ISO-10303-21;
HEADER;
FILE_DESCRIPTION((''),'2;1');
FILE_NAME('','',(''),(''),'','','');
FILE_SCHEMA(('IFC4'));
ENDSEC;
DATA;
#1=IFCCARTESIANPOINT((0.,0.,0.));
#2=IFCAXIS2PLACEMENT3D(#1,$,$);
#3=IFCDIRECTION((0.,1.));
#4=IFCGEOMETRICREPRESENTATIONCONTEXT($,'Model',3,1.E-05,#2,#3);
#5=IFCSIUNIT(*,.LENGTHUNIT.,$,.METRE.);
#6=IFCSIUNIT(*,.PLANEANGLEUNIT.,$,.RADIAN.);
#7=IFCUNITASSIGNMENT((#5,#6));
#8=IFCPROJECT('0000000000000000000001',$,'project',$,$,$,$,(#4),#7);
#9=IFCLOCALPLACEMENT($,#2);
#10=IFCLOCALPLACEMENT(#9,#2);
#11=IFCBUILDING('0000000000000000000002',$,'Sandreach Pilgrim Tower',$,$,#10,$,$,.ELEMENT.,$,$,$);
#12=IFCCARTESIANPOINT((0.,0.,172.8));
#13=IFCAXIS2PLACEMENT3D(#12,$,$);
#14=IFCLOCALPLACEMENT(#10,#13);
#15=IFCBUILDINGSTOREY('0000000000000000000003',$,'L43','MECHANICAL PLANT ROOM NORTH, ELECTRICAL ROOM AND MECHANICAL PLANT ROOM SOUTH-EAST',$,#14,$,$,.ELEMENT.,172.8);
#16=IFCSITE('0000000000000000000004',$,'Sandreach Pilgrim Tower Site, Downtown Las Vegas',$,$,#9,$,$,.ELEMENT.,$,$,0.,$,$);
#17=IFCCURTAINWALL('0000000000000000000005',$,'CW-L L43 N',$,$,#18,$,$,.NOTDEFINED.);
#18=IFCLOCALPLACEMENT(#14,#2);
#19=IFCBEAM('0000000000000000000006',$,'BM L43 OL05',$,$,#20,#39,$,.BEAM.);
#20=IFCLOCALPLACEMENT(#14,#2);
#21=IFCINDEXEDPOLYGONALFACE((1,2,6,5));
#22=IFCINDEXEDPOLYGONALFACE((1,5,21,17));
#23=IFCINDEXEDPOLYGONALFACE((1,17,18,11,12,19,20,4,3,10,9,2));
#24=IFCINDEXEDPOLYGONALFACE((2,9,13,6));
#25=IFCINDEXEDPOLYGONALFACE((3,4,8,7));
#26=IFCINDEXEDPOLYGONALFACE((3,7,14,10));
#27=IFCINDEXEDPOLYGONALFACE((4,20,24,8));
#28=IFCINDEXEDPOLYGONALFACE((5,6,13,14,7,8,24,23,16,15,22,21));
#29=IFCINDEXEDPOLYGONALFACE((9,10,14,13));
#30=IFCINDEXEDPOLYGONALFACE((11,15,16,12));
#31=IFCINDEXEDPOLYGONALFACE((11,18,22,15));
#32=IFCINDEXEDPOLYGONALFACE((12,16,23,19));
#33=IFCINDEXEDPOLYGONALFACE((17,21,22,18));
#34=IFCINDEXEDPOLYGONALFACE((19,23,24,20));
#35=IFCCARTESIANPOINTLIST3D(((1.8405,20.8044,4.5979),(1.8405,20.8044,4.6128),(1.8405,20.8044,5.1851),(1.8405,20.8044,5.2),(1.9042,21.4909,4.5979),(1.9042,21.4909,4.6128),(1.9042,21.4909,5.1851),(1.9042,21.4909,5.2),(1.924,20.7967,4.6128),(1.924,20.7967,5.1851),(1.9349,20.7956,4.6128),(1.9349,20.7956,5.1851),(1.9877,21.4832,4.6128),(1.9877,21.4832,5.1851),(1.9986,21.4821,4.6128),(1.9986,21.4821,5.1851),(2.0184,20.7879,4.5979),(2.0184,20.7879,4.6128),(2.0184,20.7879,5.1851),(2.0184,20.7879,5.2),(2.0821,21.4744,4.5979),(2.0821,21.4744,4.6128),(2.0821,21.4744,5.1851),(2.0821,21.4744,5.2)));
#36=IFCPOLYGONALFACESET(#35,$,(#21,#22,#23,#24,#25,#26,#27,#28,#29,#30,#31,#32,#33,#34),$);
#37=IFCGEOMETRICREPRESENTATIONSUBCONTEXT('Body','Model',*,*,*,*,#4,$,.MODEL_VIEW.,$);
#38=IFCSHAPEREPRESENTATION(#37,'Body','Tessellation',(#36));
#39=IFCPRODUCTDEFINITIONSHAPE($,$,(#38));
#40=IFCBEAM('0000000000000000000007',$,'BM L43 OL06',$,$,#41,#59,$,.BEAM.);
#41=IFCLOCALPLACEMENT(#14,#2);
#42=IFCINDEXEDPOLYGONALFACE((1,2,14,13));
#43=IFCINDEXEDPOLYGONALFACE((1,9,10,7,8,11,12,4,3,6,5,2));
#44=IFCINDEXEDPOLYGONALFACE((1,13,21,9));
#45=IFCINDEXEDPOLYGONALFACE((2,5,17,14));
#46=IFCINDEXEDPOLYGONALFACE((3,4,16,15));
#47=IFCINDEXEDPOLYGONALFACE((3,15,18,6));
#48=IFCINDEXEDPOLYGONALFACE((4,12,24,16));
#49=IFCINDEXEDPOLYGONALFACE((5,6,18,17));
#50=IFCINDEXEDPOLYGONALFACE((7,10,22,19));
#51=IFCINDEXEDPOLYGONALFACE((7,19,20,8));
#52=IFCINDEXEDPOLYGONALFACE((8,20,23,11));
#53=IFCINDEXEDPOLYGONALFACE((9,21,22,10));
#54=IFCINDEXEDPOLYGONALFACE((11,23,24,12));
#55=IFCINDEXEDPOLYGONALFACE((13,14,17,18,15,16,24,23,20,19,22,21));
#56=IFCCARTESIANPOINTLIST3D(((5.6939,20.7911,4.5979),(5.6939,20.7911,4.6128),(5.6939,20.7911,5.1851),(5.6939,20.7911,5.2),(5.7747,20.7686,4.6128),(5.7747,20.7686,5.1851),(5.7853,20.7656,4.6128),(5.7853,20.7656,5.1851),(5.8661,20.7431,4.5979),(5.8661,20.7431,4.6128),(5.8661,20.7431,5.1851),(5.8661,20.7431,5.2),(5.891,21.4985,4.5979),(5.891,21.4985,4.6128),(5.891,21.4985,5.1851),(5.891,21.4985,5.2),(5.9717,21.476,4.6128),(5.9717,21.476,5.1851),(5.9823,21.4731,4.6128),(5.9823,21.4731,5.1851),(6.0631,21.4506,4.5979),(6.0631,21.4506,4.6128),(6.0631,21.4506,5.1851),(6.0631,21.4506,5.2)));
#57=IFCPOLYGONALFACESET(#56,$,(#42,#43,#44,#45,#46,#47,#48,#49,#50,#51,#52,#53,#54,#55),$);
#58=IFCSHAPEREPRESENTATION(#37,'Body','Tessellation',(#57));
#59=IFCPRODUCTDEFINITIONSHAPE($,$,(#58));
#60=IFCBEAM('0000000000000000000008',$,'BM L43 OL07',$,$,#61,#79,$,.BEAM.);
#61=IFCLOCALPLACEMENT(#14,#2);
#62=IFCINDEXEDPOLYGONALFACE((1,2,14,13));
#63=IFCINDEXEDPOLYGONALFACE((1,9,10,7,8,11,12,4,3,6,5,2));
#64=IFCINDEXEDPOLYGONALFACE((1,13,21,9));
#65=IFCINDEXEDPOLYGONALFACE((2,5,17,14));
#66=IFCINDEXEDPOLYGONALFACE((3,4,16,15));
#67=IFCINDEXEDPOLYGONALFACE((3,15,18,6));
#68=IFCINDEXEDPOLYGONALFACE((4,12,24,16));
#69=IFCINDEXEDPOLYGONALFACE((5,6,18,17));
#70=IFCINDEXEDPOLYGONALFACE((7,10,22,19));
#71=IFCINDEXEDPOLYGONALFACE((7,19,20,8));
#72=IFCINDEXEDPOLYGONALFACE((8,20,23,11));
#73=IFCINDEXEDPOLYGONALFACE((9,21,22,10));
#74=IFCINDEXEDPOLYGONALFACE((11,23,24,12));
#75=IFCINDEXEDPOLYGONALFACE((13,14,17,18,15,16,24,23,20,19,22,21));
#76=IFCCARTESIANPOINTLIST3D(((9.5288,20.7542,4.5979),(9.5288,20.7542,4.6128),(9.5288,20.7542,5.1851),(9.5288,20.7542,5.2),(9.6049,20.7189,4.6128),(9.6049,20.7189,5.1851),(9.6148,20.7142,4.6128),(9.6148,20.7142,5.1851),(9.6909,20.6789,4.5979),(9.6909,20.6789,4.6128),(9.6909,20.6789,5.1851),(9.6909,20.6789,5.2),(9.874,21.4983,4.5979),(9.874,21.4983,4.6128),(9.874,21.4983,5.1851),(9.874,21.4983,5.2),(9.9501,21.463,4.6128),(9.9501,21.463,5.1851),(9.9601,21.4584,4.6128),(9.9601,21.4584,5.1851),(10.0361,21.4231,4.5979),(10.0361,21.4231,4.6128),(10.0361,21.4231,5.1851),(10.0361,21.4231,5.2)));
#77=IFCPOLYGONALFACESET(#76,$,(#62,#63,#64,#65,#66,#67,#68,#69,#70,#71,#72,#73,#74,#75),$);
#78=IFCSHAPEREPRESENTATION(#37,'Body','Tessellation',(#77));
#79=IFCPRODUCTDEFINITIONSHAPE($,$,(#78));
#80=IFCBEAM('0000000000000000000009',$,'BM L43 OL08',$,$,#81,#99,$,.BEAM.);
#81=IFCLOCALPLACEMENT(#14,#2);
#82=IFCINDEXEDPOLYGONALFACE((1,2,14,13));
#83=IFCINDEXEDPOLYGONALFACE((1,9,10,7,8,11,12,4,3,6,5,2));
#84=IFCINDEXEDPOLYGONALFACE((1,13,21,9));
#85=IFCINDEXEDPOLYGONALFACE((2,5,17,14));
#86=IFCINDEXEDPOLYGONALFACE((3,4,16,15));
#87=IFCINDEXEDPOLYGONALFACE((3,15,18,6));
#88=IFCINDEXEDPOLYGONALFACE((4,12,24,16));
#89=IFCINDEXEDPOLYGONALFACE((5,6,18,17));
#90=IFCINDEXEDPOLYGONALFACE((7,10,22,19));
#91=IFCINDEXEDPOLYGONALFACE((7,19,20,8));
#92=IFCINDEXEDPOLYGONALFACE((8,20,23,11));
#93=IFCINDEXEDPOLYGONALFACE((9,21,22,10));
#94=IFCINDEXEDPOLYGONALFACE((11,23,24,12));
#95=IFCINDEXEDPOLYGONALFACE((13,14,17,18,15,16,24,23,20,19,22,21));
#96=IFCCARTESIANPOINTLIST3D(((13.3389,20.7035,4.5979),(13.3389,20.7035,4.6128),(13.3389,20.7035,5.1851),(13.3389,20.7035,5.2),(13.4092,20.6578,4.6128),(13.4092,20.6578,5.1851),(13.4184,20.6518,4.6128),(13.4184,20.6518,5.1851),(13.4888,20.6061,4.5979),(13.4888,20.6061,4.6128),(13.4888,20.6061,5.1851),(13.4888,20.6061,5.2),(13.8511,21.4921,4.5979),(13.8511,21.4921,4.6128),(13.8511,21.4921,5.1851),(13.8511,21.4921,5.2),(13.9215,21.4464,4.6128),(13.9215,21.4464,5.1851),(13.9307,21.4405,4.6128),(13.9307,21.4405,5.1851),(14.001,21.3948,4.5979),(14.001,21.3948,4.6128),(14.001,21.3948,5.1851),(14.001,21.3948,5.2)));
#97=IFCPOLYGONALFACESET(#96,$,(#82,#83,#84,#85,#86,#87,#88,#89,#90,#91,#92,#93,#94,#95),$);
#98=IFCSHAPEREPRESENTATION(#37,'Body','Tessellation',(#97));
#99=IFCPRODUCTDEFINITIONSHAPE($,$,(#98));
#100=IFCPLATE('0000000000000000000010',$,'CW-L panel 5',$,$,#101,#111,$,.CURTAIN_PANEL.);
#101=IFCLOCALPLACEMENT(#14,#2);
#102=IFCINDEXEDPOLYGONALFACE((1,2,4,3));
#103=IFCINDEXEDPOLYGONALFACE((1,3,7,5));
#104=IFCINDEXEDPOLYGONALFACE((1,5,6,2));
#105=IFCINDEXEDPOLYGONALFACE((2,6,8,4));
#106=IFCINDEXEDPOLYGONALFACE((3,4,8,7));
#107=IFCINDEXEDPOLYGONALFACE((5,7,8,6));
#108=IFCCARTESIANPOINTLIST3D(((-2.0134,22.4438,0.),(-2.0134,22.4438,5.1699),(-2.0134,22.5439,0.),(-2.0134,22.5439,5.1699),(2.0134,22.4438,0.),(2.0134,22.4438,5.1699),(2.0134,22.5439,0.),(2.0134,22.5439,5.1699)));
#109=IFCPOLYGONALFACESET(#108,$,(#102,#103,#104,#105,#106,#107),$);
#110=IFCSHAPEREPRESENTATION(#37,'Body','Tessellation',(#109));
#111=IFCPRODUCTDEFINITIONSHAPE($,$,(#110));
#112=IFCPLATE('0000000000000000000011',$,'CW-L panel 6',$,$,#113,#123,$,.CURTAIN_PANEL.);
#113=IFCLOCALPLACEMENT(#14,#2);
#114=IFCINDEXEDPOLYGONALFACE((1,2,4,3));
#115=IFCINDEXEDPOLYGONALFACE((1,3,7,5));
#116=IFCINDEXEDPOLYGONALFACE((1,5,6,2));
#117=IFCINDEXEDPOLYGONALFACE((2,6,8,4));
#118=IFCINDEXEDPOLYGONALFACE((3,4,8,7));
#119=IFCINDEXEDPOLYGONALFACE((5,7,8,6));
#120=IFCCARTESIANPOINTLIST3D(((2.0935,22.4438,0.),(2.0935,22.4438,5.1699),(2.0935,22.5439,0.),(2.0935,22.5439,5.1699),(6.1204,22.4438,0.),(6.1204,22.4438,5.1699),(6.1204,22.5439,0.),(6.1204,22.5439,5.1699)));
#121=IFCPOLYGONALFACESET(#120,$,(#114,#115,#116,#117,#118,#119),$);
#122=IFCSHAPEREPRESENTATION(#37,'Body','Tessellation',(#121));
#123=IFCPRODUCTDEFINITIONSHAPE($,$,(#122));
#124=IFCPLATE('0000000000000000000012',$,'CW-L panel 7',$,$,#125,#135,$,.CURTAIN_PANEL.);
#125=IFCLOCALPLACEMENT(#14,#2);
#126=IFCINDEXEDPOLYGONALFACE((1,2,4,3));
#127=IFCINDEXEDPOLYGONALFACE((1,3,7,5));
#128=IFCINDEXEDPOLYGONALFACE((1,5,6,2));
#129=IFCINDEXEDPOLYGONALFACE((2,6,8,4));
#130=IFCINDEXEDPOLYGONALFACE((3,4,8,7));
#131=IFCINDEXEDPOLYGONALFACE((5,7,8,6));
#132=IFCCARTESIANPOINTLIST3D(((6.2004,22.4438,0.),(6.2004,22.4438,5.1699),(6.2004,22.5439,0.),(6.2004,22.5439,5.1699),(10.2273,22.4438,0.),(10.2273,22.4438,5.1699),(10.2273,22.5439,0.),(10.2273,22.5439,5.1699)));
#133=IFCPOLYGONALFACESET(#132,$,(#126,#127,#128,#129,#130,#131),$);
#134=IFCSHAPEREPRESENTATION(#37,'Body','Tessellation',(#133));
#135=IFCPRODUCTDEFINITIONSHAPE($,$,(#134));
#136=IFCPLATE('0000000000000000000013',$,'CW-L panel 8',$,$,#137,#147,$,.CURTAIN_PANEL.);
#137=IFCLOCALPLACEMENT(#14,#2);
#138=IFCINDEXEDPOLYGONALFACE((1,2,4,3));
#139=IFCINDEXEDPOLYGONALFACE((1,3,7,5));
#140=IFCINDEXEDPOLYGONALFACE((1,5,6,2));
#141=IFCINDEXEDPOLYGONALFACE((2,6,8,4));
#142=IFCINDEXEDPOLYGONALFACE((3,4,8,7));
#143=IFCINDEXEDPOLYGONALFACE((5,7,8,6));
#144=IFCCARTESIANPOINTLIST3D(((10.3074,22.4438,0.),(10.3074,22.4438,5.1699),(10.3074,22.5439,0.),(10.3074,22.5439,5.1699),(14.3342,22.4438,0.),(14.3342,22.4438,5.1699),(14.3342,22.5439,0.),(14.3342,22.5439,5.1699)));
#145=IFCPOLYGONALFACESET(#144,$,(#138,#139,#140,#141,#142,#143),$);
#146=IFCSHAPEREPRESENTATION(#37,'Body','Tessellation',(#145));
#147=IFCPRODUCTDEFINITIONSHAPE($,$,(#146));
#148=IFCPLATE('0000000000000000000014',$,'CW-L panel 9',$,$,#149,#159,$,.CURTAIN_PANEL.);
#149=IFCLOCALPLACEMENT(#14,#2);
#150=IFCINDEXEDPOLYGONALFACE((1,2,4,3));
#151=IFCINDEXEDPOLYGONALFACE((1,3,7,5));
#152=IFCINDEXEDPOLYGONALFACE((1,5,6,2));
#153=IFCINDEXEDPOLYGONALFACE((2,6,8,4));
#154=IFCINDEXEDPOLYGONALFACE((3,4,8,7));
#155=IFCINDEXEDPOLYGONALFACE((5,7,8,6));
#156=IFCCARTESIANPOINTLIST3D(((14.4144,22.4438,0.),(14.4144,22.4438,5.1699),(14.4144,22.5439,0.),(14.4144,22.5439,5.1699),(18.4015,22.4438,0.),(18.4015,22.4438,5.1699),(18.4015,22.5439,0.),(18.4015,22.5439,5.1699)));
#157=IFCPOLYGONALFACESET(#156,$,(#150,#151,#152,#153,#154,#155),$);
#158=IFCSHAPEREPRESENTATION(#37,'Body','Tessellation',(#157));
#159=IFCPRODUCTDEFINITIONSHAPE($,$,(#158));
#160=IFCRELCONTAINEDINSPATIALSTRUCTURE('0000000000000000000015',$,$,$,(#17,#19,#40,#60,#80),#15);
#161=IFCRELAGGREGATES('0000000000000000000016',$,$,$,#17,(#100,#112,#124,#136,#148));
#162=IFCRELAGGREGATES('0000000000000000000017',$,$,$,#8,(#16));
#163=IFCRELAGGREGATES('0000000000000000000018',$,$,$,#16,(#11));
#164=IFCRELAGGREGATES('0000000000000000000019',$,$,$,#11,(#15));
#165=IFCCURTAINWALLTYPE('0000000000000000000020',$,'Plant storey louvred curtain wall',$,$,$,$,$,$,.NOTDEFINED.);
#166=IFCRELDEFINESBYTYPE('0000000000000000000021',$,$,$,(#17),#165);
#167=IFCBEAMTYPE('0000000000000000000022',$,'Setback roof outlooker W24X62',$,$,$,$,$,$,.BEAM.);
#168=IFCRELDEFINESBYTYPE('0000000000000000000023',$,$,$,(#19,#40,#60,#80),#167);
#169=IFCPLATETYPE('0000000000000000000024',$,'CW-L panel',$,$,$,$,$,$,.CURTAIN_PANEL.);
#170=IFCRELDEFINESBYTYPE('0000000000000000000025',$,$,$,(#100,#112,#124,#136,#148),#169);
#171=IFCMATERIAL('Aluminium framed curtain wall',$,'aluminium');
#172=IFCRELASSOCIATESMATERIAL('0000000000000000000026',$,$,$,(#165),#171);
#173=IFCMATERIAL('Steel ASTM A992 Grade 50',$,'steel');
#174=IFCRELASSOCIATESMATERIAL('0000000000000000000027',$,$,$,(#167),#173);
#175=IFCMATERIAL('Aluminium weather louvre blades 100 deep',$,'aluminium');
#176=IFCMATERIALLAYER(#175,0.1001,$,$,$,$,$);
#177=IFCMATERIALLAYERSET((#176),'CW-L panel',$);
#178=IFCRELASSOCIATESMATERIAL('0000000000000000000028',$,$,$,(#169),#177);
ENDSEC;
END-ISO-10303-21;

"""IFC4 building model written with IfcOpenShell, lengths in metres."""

from ifc_helpers import new_model, si_unit, direction, frame, origin, origin_2d, place, context, subcontext, project, spatial, rectangle, i_section, extrude, material, layer, layer_set, material_profile, profile_set, type_object, element, aggregate, save


model = new_model("IFC4")

# Units and contexts
model_context = context("Model", 3, precision=1e-05, world=origin(), true_north=direction((0.0, 1.0)))
body_context = subcontext(model_context, "Body", "Model", "MODEL_VIEW")
ifc_project = project(units=[si_unit("LENGTHUNIT", "METRE"), si_unit("PLANEANGLEUNIT", "RADIAN")], contexts=[model_context])

# Site, building, storey
site_placement = place(None, origin())
site = spatial("IfcSite", under=ifc_project, at=site_placement, Name="Sandreach Pilgrim Tower Site, Downtown Las Vegas", CompositionType="ELEMENT", RefElevation=0.0)
building_placement = place(site_placement, origin())
building = spatial("IfcBuilding", under=site, at=building_placement, Name="Sandreach Pilgrim Tower", CompositionType="ELEMENT")
storey_placement = place(building_placement, frame((0.0, 0.0, 172.8)))
storey = spatial("IfcBuildingStorey", under=building, at=storey_placement, Name="L43", Description="MECHANICAL PLANT ROOM NORTH, ELECTRICAL ROOM AND MECHANICAL PLANT ROOM SOUTH-EAST", CompositionType="ELEMENT", Elevation=172.8)

# Curtain wall
ifc_material_1 = material(Name="Aluminium framed curtain wall", Category="aluminium")
curtain_wall_type = type_object("IfcCurtainWallType", Name="Plant storey louvred curtain wall", PredefinedType="NOTDEFINED", material=ifc_material_1)
curtain_wall_placement = place(storey_placement, origin())
curtain_wall = element("IfcCurtainWall", 1, at=curtain_wall_placement, inside=storey, type_object=curtain_wall_type, Name="CW-L L43 N", PredefinedType="NOTDEFINED")

# Beams
ifc_material_2 = material(Name="Steel ASTM A992 Grade 50", Category="steel")
ifc_material_profile_1 = material_profile(ifc_material_2, i_section(OverallWidth=0.1787, OverallDepth=0.6021, WebThickness=0.011, FlangeThickness=0.0149, at=origin_2d()), Name="W24X62")
ifc_profile_set_1 = profile_set([ifc_material_profile_1], Name="Steel ASTM A992 Grade 50")
beam_type_1 = type_object("IfcBeamType", Name="Setback roof outlooker W24X62", PredefinedType="BEAM", material=ifc_profile_set_1)
beam_1_placement = place(storey_placement, frame((1.9294, 20.7961, 4.8989), z_axis=(0.092419, 0.99572, 0.0), x_axis=(-0.99572, 0.092419, 0.0)))
element("IfcBeam", 2, at=beam_1_placement, inside=storey, type_object=beam_type_1, Name="BM L43 OL05", PredefinedType="BEAM", context=body_context, shape_type="SweptSolid", body=[
    extrude(i_section(OverallWidth=0.1787, OverallDepth=0.6021, WebThickness=0.011, FlangeThickness=0.0149, at=origin_2d()), origin(), (0.0, 0.0, 1.0), 0.6895),
])
beam_2_placement = place(storey_placement, frame((5.78, 20.7671, 4.8989), z_axis=(0.268261, 0.963346, 0.0), x_axis=(-0.963346, 0.268261, 0.0)))
element("IfcBeam", 3, at=beam_2_placement, inside=storey, type_object=beam_type_1, Name="BM L43 OL06", PredefinedType="BEAM", context=body_context, shape_type="SweptSolid", body=[
    extrude(i_section(OverallWidth=0.1787, OverallDepth=0.6021, WebThickness=0.011, FlangeThickness=0.0149, at=origin_2d()), origin(), (0.0, 0.0, 1.0), 0.7344),
])
beam_3_placement = place(storey_placement, frame((9.6099, 20.7166, 4.8989), z_axis=(0.420831, 0.907139, 0.0), x_axis=(-0.907139, 0.420831, 0.0)))
element("IfcBeam", 4, at=beam_3_placement, inside=storey, type_object=beam_type_1, Name="BM L43 OL07", PredefinedType="BEAM", context=body_context, shape_type="SweptSolid", body=[
    extrude(i_section(OverallWidth=0.1787, OverallDepth=0.6021, WebThickness=0.011, FlangeThickness=0.0149, at=origin_2d()), origin(), (0.0, 0.0, 1.0), 0.8203),
])
beam_4_placement = place(storey_placement, frame((13.4138, 20.6548, 4.8989), z_axis=(0.544715, 0.838622, 0.0), x_axis=(-0.838622, 0.544715, 0.0)))
element("IfcBeam", 5, at=beam_4_placement, inside=storey, type_object=beam_type_1, Name="BM L43 OL08", PredefinedType="BEAM", context=body_context, shape_type="SweptSolid", body=[
    extrude(i_section(OverallWidth=0.1787, OverallDepth=0.6021, WebThickness=0.011, FlangeThickness=0.0149, at=origin_2d()), origin(), (0.0, 0.0, 1.0), 0.9404),
])

# Plates
ifc_material_3 = material(Name="Aluminium weather louvre blades 100 deep", Category="aluminium")
ifc_layer = layer(ifc_material_3, 0.1001)
ifc_layer_set = layer_set([ifc_layer], Name="CW-L panel")
plate_type = type_object("IfcPlateType", Name="CW-L panel", PredefinedType="CURTAIN_PANEL", material=ifc_layer_set)
plate_1_placement = place(storey_placement, frame((0.0, 22.4939, 0.0), z_axis=(0.0, 0.0, 1.0), x_axis=(1.0, 0.0, 0.0)))
plate_1 = element("IfcPlate", 6, at=plate_1_placement, type_object=plate_type, Name="CW-L panel 5", PredefinedType="CURTAIN_PANEL", context=body_context, shape_type="SweptSolid", body=[
    extrude(rectangle(XDim=4.0269, YDim=0.1001, at=origin_2d()), origin(), (0.0, 0.0, 1.0), 5.1699),
])
plate_2_placement = place(storey_placement, frame((4.1069, 22.4939, 0.0), z_axis=(0.0, 0.0, 1.0), x_axis=(1.0, 0.0, 0.0)))
plate_2 = element("IfcPlate", 7, at=plate_2_placement, type_object=plate_type, Name="CW-L panel 6", PredefinedType="CURTAIN_PANEL", context=body_context, shape_type="SweptSolid", body=[
    extrude(rectangle(XDim=4.0269, YDim=0.1001, at=origin_2d()), origin(), (0.0, 0.0, 1.0), 5.1699),
])
plate_3_placement = place(storey_placement, frame((8.2139, 22.4939, 0.0), z_axis=(0.0, 0.0, 1.0), x_axis=(1.0, 0.0, 0.0)))
plate_3 = element("IfcPlate", 8, at=plate_3_placement, type_object=plate_type, Name="CW-L panel 7", PredefinedType="CURTAIN_PANEL", context=body_context, shape_type="SweptSolid", body=[
    extrude(rectangle(XDim=4.0269, YDim=0.1001, at=origin_2d()), origin(), (0.0, 0.0, 1.0), 5.1699),
])
plate_4_placement = place(storey_placement, frame((12.3208, 22.4939, 0.0), z_axis=(0.0, 0.0, 1.0), x_axis=(1.0, 0.0, 0.0)))
plate_4 = element("IfcPlate", 9, at=plate_4_placement, type_object=plate_type, Name="CW-L panel 8", PredefinedType="CURTAIN_PANEL", context=body_context, shape_type="SweptSolid", body=[
    extrude(rectangle(XDim=4.0269, YDim=0.1001, at=origin_2d()), origin(), (0.0, 0.0, 1.0), 5.1699),
])
plate_5_placement = place(storey_placement, frame((16.408, 22.4939, 0.0), z_axis=(0.0, 0.0, 1.0), x_axis=(1.0, 0.0, 0.0)))
plate_5 = element("IfcPlate", 10, at=plate_5_placement, type_object=plate_type, Name="CW-L panel 9", PredefinedType="CURTAIN_PANEL", context=body_context, shape_type="SweptSolid", body=[
    extrude(rectangle(XDim=3.9871, YDim=0.1001, at=origin_2d()), origin(), (0.0, 0.0, 1.0), 5.1699),
])
aggregate(curtain_wall, [plate_1, plate_2, plate_3, plate_4, plate_5])

save(model, "model.ifc")
